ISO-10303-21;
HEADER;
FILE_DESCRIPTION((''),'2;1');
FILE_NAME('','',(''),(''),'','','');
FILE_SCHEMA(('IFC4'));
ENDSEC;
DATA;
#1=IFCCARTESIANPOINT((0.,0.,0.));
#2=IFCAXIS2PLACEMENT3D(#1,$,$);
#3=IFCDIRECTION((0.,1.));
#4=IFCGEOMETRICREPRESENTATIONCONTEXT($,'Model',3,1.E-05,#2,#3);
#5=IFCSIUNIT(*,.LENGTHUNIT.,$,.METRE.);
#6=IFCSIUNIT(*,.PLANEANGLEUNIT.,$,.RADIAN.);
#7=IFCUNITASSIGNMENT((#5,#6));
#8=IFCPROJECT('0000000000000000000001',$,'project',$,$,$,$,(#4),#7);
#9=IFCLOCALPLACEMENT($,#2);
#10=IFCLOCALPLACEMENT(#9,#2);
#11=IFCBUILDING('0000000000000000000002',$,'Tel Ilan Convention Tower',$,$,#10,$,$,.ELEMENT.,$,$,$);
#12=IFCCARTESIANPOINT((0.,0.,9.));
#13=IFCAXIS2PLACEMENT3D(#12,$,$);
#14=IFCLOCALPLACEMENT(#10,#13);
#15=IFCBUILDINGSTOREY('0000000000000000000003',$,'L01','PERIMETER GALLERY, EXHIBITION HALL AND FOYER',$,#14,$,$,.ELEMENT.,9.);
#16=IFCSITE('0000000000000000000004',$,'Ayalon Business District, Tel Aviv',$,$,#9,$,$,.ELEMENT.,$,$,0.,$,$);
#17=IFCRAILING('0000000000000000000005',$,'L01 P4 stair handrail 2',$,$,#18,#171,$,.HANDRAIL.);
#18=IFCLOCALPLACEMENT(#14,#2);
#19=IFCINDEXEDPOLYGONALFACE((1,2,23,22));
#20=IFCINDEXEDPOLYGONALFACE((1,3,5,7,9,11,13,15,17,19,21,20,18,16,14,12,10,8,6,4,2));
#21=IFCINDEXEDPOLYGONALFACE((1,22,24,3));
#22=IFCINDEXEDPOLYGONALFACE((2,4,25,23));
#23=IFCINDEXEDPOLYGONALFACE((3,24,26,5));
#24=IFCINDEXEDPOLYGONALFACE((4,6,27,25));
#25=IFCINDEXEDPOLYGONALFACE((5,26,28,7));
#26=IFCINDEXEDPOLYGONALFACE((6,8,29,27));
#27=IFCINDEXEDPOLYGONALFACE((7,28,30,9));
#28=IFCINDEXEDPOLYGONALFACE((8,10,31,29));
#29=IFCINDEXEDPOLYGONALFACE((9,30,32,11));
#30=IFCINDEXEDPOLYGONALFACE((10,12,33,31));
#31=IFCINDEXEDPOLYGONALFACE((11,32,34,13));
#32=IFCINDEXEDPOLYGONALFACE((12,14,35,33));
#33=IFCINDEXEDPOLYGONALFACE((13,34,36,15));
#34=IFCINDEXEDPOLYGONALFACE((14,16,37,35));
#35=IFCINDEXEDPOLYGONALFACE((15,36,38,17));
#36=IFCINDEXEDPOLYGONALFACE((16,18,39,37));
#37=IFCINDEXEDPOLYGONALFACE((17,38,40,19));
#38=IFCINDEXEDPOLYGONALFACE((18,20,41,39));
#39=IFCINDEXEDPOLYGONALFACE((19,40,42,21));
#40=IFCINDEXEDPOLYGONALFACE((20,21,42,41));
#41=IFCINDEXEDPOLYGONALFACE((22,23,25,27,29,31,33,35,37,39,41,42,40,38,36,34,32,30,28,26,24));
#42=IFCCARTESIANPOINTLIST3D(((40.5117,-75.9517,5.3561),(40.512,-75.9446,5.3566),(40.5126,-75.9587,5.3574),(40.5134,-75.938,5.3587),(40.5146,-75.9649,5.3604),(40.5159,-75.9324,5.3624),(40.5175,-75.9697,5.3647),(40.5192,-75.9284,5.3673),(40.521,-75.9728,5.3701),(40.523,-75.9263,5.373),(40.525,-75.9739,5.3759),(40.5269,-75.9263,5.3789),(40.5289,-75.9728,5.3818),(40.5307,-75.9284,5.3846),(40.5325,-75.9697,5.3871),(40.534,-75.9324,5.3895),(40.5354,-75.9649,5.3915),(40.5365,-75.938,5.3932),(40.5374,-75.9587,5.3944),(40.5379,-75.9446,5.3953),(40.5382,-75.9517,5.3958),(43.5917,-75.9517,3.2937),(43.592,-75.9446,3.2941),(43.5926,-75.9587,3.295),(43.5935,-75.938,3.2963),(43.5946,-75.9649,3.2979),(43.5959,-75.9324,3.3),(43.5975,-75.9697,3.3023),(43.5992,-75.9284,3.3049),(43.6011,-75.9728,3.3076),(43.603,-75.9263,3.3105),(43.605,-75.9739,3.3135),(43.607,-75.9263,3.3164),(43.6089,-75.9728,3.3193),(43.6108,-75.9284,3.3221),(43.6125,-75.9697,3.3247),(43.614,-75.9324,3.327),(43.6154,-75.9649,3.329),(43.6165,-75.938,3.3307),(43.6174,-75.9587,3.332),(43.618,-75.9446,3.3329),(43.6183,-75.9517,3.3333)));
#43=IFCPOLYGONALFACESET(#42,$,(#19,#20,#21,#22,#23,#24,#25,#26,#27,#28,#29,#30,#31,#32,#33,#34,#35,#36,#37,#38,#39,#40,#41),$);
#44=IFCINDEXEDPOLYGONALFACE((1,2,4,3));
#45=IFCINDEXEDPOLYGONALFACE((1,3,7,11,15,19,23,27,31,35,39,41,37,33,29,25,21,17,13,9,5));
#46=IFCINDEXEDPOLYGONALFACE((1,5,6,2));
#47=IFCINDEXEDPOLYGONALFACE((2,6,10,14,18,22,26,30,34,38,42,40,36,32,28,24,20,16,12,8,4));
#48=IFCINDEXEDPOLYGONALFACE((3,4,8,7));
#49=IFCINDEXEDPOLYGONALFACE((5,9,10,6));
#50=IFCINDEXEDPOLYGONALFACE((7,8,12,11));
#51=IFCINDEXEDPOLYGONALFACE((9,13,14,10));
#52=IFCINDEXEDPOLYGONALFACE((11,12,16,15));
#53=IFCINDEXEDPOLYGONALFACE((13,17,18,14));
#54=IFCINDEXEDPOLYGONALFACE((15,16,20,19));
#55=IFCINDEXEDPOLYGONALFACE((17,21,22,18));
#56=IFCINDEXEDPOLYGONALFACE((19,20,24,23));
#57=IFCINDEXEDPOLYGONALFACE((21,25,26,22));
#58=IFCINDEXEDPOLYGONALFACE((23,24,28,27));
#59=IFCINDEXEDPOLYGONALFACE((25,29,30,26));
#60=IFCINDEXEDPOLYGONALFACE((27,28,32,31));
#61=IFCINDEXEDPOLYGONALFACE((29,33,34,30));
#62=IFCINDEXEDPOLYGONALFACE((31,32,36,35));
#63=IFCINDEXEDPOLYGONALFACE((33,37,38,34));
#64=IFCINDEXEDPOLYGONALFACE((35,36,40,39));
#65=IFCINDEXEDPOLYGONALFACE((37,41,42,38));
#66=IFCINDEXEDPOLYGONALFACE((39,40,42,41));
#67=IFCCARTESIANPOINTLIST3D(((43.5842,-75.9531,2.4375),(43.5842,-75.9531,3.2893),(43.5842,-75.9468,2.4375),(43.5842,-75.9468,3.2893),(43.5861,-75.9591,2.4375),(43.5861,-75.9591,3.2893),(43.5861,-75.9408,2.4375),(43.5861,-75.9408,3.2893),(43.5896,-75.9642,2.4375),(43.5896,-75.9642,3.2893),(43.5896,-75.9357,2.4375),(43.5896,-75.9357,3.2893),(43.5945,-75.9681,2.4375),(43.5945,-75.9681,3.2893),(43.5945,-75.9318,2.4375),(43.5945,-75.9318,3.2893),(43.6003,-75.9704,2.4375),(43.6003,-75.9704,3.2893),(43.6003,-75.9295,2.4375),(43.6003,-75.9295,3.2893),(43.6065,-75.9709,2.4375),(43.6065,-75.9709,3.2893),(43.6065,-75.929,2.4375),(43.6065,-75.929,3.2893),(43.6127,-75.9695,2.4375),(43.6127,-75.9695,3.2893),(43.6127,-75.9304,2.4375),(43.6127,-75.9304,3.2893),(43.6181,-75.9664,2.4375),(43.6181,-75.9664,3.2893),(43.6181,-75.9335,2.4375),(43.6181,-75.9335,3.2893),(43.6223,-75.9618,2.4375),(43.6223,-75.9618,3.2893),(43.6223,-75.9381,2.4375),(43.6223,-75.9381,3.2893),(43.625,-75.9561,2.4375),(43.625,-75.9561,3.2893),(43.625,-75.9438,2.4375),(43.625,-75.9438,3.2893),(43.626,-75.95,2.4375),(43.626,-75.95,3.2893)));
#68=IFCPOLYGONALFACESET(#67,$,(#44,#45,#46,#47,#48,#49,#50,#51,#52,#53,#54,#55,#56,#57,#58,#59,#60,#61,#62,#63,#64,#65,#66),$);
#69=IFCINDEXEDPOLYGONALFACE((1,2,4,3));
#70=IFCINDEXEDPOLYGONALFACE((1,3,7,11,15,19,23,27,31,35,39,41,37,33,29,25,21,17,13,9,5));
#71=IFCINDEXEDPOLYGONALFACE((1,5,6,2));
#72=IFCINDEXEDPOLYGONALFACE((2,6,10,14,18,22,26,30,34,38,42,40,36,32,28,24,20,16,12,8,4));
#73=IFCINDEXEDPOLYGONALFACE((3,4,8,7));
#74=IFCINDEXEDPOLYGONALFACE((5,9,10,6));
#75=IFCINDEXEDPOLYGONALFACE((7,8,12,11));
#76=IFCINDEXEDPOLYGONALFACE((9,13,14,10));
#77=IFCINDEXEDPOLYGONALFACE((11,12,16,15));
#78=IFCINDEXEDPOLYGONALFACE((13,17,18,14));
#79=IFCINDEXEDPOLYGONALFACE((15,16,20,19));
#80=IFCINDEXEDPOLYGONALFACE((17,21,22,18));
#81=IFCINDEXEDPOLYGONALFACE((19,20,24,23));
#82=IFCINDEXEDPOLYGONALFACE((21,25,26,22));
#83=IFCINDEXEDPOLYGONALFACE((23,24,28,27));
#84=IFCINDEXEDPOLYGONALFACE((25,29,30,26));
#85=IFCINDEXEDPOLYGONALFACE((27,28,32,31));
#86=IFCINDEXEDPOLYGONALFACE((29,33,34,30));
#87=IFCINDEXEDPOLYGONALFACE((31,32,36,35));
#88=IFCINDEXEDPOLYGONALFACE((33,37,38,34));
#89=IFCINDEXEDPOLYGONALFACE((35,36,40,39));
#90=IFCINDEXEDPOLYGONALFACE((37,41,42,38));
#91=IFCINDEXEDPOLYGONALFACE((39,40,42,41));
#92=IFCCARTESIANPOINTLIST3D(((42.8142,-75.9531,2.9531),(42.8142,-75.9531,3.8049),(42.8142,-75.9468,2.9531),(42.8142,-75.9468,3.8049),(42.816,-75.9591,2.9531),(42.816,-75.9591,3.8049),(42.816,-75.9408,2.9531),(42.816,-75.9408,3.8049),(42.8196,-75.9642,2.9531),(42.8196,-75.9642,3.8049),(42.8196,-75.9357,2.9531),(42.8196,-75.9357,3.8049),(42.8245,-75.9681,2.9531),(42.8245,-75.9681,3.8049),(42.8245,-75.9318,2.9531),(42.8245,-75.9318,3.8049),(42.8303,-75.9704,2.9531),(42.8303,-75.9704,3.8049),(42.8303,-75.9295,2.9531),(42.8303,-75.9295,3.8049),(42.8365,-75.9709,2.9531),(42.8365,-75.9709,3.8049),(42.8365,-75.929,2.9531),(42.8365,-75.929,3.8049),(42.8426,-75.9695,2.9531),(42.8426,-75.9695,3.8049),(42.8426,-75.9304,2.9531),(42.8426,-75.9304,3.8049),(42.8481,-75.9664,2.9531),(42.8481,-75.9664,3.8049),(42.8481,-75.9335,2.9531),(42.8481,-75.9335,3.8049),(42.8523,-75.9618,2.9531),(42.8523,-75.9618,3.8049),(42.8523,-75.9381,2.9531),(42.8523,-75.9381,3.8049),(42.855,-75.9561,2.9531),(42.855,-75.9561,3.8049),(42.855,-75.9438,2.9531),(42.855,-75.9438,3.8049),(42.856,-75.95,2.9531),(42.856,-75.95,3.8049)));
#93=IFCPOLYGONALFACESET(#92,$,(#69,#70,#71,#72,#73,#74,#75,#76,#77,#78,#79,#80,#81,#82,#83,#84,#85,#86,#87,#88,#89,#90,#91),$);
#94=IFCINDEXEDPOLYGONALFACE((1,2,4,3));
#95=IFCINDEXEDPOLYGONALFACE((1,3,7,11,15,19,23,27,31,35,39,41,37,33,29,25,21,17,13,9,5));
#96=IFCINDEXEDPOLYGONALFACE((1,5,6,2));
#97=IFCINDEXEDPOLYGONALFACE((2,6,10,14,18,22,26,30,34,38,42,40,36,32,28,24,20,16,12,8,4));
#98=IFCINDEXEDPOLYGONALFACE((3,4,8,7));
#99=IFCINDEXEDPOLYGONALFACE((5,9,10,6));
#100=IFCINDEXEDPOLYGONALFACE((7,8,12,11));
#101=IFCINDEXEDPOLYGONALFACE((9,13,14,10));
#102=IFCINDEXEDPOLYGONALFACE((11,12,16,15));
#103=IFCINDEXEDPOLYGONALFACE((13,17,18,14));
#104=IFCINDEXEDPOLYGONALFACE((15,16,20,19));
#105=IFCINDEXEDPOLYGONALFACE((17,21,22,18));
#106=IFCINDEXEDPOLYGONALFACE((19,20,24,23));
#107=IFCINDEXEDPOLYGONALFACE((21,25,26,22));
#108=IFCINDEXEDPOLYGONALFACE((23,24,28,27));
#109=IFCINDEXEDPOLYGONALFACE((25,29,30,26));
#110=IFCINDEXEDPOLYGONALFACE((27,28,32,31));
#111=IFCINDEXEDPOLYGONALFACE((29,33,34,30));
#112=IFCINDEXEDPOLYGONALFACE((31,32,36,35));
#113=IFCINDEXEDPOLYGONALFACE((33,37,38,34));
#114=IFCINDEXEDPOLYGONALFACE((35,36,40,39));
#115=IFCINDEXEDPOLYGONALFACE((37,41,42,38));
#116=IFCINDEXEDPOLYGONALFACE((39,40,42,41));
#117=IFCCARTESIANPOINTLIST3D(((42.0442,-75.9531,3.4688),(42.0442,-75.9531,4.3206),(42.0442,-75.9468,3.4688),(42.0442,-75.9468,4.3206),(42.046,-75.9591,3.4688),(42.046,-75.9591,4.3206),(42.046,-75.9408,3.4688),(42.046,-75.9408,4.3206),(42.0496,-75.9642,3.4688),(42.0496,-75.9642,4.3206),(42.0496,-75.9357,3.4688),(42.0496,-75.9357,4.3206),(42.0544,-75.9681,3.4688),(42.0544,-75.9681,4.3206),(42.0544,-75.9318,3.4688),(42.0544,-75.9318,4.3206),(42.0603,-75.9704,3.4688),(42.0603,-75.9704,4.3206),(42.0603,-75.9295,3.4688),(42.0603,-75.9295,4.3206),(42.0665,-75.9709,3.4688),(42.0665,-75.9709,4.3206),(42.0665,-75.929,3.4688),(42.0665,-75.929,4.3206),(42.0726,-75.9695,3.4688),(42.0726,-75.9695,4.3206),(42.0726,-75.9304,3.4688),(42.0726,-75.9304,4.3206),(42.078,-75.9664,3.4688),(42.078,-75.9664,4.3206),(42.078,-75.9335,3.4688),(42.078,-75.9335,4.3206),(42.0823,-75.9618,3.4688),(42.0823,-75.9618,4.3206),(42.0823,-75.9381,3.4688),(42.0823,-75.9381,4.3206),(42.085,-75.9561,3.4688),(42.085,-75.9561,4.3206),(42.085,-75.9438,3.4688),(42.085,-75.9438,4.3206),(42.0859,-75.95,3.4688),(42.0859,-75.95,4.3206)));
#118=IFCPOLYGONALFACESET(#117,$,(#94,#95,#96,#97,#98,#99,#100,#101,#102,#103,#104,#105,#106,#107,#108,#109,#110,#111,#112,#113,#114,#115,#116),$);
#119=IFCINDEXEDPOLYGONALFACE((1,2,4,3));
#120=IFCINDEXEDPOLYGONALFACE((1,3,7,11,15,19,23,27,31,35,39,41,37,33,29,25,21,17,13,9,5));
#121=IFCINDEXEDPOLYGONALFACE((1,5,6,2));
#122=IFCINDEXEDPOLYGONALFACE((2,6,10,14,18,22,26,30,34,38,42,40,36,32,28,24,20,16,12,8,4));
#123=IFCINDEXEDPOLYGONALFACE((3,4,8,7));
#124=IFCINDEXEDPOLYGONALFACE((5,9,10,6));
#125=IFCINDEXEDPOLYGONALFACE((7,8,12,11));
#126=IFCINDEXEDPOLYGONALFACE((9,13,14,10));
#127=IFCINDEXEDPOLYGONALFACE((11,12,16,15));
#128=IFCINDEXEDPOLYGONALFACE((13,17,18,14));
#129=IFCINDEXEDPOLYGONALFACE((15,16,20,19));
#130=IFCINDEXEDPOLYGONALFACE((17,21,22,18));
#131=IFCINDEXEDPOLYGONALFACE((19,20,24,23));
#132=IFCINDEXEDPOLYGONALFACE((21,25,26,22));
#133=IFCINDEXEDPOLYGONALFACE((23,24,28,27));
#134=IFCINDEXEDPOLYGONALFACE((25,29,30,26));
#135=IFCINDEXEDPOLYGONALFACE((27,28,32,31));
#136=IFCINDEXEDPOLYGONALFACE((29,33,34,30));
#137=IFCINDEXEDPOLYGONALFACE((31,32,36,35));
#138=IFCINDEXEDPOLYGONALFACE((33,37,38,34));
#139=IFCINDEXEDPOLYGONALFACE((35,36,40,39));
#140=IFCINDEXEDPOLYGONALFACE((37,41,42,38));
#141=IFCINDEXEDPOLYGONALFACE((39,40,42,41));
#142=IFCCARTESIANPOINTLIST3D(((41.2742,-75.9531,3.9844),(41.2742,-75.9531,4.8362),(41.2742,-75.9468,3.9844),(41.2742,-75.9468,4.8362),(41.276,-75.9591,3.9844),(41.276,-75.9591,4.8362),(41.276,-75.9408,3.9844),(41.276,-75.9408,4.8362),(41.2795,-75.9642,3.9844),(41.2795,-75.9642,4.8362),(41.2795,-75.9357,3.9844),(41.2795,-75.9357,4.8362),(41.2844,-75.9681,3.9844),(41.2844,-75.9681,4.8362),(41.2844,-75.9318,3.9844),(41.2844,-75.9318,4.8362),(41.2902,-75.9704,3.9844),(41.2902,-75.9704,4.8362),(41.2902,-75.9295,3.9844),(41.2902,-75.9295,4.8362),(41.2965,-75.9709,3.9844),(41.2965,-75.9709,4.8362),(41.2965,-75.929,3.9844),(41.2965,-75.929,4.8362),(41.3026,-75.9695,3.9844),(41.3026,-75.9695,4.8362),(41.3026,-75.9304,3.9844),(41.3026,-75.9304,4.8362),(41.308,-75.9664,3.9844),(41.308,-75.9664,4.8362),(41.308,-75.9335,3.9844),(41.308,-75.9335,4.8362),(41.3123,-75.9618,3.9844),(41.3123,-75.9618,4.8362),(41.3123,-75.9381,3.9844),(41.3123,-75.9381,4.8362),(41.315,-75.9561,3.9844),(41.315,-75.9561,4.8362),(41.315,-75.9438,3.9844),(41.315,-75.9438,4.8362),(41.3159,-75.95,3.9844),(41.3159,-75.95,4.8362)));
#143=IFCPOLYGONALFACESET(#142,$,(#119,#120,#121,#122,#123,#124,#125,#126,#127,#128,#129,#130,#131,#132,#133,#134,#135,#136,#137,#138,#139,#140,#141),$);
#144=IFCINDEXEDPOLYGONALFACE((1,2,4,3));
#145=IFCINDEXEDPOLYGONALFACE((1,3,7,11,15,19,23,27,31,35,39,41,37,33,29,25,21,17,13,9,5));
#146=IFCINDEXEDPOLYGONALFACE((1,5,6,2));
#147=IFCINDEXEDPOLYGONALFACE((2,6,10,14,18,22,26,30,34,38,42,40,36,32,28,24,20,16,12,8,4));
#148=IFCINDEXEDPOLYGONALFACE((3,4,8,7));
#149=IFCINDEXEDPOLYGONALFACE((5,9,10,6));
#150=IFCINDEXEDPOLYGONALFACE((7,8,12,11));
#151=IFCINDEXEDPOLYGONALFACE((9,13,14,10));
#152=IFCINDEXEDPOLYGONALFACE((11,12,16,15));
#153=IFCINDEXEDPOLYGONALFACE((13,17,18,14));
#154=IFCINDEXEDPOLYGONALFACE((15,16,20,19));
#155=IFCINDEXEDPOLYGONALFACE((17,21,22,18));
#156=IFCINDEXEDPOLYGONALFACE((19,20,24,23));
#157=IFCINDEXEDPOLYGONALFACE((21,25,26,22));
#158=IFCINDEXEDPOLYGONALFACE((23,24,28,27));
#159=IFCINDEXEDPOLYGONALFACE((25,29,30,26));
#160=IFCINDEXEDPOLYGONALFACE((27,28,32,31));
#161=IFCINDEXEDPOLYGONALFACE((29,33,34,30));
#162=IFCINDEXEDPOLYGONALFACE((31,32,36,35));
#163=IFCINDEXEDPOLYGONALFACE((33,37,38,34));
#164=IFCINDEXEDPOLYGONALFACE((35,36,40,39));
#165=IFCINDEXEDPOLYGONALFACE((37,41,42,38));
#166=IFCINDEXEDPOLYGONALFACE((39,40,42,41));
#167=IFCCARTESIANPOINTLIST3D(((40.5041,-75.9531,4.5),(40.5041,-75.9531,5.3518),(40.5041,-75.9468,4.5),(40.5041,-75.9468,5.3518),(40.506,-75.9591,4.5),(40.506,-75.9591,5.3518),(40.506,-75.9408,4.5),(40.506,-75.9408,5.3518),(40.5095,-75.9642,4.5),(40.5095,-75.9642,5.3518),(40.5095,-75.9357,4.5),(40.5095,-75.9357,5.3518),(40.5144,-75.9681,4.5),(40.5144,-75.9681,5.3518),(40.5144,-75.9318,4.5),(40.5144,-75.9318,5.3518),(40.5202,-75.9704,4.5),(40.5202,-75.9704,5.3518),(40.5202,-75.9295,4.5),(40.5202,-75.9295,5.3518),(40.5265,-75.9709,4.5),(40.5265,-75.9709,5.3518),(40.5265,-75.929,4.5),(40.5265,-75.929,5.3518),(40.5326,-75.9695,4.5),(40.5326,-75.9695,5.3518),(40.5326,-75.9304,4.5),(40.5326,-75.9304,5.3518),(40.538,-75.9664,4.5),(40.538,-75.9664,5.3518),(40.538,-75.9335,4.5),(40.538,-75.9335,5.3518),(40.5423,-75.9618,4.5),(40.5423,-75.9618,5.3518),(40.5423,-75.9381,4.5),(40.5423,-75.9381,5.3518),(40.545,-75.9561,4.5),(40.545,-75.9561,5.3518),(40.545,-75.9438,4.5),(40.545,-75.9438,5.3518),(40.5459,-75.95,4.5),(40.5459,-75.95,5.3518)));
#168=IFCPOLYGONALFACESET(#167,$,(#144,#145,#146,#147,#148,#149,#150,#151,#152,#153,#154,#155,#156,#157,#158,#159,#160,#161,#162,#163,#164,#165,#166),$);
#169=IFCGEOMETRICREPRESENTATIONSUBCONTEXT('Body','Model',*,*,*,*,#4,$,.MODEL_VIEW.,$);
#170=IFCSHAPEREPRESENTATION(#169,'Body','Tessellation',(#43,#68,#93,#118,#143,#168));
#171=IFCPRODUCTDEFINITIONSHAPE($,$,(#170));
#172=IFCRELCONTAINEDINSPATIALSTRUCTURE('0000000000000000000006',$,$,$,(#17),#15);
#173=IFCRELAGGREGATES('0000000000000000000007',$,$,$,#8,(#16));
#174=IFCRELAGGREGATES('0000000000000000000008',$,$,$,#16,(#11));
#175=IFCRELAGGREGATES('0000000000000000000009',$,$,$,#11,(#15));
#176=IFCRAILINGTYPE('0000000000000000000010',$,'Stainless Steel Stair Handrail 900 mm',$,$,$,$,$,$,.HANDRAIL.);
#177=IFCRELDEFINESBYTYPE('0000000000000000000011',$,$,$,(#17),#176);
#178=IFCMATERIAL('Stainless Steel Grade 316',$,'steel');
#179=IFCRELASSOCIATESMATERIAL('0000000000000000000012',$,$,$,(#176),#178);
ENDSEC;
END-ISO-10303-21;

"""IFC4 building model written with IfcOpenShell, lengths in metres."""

from ifc_helpers import new_model, si_unit, direction, frame, origin, origin_2d, place, context, subcontext, project, spatial, circle, extrude, material, type_object, element, save


model = new_model("IFC4")

# Units and contexts
model_context = context("Model", 3, precision=1e-05, world=origin(), true_north=direction((0.0, 1.0)))
body_context = subcontext(model_context, "Body", "Model", "MODEL_VIEW")
ifc_project = project(units=[si_unit("LENGTHUNIT", "METRE"), si_unit("PLANEANGLEUNIT", "RADIAN")], contexts=[model_context])

# Site, building, storey
site_placement = place(None, origin())
site = spatial("IfcSite", under=ifc_project, at=site_placement, Name="Ayalon Business District, Tel Aviv", CompositionType="ELEMENT", RefElevation=0.0)
building_placement = place(site_placement, origin())
building = spatial("IfcBuilding", under=site, at=building_placement, Name="Tel Ilan Convention Tower", CompositionType="ELEMENT")
storey_placement = place(building_placement, frame((0.0, 0.0, 9.0)))
storey = spatial("IfcBuildingStorey", under=building, at=storey_placement, Name="L01", Description="PERIMETER GALLERY, EXHIBITION HALL AND FOYER", CompositionType="ELEMENT", Elevation=9.0)

# Railing
ifc_material_1 = material(Name="Stainless Steel Grade 316", Category="steel")
railing_type_1 = type_object("IfcRailingType", Name="Stainless Steel Stair Handrail 900 mm", PredefinedType="HANDRAIL", material=ifc_material_1)
railing_1_placement = place(storey_placement, frame((43.605, -75.95, 2.4375)))
element("IfcRailing", 1, at=railing_1_placement, inside=storey, type_object=railing_type_1, Name="L01 P4 stair handrail 2", PredefinedType="HANDRAIL", context=body_context, shape_type="SweptSolid", body=[
    extrude(circle(Radius=0.0239, at=origin_2d()), frame((0.0, 0.0, 0.876), z_axis=(-0.830914, 0.0, 0.556401), x_axis=(0.0, -1.0, 0.0)), (0.0, 0.0, 1.0), 3.7068),
    extrude(circle(Radius=0.021, at=origin_2d()), origin(), (0.0, 0.0, 1.0), 0.8518),
    extrude(circle(Radius=0.021, at=origin_2d()), frame((-0.77, 0.0, 0.5156)), (0.0, 0.0, 1.0), 0.8518),
    extrude(circle(Radius=0.021, at=origin_2d()), frame((-1.54, 0.0, 1.0312)), (0.0, 0.0, 1.0), 0.8518),
    extrude(circle(Radius=0.021, at=origin_2d()), frame((-2.3101, 0.0, 1.5469)), (0.0, 0.0, 1.0), 0.8518),
    extrude(circle(Radius=0.021, at=origin_2d()), frame((-3.0801, 0.0, 2.0625)), (0.0, 0.0, 1.0), 0.8518),
])

save(model, "model.ifc")
